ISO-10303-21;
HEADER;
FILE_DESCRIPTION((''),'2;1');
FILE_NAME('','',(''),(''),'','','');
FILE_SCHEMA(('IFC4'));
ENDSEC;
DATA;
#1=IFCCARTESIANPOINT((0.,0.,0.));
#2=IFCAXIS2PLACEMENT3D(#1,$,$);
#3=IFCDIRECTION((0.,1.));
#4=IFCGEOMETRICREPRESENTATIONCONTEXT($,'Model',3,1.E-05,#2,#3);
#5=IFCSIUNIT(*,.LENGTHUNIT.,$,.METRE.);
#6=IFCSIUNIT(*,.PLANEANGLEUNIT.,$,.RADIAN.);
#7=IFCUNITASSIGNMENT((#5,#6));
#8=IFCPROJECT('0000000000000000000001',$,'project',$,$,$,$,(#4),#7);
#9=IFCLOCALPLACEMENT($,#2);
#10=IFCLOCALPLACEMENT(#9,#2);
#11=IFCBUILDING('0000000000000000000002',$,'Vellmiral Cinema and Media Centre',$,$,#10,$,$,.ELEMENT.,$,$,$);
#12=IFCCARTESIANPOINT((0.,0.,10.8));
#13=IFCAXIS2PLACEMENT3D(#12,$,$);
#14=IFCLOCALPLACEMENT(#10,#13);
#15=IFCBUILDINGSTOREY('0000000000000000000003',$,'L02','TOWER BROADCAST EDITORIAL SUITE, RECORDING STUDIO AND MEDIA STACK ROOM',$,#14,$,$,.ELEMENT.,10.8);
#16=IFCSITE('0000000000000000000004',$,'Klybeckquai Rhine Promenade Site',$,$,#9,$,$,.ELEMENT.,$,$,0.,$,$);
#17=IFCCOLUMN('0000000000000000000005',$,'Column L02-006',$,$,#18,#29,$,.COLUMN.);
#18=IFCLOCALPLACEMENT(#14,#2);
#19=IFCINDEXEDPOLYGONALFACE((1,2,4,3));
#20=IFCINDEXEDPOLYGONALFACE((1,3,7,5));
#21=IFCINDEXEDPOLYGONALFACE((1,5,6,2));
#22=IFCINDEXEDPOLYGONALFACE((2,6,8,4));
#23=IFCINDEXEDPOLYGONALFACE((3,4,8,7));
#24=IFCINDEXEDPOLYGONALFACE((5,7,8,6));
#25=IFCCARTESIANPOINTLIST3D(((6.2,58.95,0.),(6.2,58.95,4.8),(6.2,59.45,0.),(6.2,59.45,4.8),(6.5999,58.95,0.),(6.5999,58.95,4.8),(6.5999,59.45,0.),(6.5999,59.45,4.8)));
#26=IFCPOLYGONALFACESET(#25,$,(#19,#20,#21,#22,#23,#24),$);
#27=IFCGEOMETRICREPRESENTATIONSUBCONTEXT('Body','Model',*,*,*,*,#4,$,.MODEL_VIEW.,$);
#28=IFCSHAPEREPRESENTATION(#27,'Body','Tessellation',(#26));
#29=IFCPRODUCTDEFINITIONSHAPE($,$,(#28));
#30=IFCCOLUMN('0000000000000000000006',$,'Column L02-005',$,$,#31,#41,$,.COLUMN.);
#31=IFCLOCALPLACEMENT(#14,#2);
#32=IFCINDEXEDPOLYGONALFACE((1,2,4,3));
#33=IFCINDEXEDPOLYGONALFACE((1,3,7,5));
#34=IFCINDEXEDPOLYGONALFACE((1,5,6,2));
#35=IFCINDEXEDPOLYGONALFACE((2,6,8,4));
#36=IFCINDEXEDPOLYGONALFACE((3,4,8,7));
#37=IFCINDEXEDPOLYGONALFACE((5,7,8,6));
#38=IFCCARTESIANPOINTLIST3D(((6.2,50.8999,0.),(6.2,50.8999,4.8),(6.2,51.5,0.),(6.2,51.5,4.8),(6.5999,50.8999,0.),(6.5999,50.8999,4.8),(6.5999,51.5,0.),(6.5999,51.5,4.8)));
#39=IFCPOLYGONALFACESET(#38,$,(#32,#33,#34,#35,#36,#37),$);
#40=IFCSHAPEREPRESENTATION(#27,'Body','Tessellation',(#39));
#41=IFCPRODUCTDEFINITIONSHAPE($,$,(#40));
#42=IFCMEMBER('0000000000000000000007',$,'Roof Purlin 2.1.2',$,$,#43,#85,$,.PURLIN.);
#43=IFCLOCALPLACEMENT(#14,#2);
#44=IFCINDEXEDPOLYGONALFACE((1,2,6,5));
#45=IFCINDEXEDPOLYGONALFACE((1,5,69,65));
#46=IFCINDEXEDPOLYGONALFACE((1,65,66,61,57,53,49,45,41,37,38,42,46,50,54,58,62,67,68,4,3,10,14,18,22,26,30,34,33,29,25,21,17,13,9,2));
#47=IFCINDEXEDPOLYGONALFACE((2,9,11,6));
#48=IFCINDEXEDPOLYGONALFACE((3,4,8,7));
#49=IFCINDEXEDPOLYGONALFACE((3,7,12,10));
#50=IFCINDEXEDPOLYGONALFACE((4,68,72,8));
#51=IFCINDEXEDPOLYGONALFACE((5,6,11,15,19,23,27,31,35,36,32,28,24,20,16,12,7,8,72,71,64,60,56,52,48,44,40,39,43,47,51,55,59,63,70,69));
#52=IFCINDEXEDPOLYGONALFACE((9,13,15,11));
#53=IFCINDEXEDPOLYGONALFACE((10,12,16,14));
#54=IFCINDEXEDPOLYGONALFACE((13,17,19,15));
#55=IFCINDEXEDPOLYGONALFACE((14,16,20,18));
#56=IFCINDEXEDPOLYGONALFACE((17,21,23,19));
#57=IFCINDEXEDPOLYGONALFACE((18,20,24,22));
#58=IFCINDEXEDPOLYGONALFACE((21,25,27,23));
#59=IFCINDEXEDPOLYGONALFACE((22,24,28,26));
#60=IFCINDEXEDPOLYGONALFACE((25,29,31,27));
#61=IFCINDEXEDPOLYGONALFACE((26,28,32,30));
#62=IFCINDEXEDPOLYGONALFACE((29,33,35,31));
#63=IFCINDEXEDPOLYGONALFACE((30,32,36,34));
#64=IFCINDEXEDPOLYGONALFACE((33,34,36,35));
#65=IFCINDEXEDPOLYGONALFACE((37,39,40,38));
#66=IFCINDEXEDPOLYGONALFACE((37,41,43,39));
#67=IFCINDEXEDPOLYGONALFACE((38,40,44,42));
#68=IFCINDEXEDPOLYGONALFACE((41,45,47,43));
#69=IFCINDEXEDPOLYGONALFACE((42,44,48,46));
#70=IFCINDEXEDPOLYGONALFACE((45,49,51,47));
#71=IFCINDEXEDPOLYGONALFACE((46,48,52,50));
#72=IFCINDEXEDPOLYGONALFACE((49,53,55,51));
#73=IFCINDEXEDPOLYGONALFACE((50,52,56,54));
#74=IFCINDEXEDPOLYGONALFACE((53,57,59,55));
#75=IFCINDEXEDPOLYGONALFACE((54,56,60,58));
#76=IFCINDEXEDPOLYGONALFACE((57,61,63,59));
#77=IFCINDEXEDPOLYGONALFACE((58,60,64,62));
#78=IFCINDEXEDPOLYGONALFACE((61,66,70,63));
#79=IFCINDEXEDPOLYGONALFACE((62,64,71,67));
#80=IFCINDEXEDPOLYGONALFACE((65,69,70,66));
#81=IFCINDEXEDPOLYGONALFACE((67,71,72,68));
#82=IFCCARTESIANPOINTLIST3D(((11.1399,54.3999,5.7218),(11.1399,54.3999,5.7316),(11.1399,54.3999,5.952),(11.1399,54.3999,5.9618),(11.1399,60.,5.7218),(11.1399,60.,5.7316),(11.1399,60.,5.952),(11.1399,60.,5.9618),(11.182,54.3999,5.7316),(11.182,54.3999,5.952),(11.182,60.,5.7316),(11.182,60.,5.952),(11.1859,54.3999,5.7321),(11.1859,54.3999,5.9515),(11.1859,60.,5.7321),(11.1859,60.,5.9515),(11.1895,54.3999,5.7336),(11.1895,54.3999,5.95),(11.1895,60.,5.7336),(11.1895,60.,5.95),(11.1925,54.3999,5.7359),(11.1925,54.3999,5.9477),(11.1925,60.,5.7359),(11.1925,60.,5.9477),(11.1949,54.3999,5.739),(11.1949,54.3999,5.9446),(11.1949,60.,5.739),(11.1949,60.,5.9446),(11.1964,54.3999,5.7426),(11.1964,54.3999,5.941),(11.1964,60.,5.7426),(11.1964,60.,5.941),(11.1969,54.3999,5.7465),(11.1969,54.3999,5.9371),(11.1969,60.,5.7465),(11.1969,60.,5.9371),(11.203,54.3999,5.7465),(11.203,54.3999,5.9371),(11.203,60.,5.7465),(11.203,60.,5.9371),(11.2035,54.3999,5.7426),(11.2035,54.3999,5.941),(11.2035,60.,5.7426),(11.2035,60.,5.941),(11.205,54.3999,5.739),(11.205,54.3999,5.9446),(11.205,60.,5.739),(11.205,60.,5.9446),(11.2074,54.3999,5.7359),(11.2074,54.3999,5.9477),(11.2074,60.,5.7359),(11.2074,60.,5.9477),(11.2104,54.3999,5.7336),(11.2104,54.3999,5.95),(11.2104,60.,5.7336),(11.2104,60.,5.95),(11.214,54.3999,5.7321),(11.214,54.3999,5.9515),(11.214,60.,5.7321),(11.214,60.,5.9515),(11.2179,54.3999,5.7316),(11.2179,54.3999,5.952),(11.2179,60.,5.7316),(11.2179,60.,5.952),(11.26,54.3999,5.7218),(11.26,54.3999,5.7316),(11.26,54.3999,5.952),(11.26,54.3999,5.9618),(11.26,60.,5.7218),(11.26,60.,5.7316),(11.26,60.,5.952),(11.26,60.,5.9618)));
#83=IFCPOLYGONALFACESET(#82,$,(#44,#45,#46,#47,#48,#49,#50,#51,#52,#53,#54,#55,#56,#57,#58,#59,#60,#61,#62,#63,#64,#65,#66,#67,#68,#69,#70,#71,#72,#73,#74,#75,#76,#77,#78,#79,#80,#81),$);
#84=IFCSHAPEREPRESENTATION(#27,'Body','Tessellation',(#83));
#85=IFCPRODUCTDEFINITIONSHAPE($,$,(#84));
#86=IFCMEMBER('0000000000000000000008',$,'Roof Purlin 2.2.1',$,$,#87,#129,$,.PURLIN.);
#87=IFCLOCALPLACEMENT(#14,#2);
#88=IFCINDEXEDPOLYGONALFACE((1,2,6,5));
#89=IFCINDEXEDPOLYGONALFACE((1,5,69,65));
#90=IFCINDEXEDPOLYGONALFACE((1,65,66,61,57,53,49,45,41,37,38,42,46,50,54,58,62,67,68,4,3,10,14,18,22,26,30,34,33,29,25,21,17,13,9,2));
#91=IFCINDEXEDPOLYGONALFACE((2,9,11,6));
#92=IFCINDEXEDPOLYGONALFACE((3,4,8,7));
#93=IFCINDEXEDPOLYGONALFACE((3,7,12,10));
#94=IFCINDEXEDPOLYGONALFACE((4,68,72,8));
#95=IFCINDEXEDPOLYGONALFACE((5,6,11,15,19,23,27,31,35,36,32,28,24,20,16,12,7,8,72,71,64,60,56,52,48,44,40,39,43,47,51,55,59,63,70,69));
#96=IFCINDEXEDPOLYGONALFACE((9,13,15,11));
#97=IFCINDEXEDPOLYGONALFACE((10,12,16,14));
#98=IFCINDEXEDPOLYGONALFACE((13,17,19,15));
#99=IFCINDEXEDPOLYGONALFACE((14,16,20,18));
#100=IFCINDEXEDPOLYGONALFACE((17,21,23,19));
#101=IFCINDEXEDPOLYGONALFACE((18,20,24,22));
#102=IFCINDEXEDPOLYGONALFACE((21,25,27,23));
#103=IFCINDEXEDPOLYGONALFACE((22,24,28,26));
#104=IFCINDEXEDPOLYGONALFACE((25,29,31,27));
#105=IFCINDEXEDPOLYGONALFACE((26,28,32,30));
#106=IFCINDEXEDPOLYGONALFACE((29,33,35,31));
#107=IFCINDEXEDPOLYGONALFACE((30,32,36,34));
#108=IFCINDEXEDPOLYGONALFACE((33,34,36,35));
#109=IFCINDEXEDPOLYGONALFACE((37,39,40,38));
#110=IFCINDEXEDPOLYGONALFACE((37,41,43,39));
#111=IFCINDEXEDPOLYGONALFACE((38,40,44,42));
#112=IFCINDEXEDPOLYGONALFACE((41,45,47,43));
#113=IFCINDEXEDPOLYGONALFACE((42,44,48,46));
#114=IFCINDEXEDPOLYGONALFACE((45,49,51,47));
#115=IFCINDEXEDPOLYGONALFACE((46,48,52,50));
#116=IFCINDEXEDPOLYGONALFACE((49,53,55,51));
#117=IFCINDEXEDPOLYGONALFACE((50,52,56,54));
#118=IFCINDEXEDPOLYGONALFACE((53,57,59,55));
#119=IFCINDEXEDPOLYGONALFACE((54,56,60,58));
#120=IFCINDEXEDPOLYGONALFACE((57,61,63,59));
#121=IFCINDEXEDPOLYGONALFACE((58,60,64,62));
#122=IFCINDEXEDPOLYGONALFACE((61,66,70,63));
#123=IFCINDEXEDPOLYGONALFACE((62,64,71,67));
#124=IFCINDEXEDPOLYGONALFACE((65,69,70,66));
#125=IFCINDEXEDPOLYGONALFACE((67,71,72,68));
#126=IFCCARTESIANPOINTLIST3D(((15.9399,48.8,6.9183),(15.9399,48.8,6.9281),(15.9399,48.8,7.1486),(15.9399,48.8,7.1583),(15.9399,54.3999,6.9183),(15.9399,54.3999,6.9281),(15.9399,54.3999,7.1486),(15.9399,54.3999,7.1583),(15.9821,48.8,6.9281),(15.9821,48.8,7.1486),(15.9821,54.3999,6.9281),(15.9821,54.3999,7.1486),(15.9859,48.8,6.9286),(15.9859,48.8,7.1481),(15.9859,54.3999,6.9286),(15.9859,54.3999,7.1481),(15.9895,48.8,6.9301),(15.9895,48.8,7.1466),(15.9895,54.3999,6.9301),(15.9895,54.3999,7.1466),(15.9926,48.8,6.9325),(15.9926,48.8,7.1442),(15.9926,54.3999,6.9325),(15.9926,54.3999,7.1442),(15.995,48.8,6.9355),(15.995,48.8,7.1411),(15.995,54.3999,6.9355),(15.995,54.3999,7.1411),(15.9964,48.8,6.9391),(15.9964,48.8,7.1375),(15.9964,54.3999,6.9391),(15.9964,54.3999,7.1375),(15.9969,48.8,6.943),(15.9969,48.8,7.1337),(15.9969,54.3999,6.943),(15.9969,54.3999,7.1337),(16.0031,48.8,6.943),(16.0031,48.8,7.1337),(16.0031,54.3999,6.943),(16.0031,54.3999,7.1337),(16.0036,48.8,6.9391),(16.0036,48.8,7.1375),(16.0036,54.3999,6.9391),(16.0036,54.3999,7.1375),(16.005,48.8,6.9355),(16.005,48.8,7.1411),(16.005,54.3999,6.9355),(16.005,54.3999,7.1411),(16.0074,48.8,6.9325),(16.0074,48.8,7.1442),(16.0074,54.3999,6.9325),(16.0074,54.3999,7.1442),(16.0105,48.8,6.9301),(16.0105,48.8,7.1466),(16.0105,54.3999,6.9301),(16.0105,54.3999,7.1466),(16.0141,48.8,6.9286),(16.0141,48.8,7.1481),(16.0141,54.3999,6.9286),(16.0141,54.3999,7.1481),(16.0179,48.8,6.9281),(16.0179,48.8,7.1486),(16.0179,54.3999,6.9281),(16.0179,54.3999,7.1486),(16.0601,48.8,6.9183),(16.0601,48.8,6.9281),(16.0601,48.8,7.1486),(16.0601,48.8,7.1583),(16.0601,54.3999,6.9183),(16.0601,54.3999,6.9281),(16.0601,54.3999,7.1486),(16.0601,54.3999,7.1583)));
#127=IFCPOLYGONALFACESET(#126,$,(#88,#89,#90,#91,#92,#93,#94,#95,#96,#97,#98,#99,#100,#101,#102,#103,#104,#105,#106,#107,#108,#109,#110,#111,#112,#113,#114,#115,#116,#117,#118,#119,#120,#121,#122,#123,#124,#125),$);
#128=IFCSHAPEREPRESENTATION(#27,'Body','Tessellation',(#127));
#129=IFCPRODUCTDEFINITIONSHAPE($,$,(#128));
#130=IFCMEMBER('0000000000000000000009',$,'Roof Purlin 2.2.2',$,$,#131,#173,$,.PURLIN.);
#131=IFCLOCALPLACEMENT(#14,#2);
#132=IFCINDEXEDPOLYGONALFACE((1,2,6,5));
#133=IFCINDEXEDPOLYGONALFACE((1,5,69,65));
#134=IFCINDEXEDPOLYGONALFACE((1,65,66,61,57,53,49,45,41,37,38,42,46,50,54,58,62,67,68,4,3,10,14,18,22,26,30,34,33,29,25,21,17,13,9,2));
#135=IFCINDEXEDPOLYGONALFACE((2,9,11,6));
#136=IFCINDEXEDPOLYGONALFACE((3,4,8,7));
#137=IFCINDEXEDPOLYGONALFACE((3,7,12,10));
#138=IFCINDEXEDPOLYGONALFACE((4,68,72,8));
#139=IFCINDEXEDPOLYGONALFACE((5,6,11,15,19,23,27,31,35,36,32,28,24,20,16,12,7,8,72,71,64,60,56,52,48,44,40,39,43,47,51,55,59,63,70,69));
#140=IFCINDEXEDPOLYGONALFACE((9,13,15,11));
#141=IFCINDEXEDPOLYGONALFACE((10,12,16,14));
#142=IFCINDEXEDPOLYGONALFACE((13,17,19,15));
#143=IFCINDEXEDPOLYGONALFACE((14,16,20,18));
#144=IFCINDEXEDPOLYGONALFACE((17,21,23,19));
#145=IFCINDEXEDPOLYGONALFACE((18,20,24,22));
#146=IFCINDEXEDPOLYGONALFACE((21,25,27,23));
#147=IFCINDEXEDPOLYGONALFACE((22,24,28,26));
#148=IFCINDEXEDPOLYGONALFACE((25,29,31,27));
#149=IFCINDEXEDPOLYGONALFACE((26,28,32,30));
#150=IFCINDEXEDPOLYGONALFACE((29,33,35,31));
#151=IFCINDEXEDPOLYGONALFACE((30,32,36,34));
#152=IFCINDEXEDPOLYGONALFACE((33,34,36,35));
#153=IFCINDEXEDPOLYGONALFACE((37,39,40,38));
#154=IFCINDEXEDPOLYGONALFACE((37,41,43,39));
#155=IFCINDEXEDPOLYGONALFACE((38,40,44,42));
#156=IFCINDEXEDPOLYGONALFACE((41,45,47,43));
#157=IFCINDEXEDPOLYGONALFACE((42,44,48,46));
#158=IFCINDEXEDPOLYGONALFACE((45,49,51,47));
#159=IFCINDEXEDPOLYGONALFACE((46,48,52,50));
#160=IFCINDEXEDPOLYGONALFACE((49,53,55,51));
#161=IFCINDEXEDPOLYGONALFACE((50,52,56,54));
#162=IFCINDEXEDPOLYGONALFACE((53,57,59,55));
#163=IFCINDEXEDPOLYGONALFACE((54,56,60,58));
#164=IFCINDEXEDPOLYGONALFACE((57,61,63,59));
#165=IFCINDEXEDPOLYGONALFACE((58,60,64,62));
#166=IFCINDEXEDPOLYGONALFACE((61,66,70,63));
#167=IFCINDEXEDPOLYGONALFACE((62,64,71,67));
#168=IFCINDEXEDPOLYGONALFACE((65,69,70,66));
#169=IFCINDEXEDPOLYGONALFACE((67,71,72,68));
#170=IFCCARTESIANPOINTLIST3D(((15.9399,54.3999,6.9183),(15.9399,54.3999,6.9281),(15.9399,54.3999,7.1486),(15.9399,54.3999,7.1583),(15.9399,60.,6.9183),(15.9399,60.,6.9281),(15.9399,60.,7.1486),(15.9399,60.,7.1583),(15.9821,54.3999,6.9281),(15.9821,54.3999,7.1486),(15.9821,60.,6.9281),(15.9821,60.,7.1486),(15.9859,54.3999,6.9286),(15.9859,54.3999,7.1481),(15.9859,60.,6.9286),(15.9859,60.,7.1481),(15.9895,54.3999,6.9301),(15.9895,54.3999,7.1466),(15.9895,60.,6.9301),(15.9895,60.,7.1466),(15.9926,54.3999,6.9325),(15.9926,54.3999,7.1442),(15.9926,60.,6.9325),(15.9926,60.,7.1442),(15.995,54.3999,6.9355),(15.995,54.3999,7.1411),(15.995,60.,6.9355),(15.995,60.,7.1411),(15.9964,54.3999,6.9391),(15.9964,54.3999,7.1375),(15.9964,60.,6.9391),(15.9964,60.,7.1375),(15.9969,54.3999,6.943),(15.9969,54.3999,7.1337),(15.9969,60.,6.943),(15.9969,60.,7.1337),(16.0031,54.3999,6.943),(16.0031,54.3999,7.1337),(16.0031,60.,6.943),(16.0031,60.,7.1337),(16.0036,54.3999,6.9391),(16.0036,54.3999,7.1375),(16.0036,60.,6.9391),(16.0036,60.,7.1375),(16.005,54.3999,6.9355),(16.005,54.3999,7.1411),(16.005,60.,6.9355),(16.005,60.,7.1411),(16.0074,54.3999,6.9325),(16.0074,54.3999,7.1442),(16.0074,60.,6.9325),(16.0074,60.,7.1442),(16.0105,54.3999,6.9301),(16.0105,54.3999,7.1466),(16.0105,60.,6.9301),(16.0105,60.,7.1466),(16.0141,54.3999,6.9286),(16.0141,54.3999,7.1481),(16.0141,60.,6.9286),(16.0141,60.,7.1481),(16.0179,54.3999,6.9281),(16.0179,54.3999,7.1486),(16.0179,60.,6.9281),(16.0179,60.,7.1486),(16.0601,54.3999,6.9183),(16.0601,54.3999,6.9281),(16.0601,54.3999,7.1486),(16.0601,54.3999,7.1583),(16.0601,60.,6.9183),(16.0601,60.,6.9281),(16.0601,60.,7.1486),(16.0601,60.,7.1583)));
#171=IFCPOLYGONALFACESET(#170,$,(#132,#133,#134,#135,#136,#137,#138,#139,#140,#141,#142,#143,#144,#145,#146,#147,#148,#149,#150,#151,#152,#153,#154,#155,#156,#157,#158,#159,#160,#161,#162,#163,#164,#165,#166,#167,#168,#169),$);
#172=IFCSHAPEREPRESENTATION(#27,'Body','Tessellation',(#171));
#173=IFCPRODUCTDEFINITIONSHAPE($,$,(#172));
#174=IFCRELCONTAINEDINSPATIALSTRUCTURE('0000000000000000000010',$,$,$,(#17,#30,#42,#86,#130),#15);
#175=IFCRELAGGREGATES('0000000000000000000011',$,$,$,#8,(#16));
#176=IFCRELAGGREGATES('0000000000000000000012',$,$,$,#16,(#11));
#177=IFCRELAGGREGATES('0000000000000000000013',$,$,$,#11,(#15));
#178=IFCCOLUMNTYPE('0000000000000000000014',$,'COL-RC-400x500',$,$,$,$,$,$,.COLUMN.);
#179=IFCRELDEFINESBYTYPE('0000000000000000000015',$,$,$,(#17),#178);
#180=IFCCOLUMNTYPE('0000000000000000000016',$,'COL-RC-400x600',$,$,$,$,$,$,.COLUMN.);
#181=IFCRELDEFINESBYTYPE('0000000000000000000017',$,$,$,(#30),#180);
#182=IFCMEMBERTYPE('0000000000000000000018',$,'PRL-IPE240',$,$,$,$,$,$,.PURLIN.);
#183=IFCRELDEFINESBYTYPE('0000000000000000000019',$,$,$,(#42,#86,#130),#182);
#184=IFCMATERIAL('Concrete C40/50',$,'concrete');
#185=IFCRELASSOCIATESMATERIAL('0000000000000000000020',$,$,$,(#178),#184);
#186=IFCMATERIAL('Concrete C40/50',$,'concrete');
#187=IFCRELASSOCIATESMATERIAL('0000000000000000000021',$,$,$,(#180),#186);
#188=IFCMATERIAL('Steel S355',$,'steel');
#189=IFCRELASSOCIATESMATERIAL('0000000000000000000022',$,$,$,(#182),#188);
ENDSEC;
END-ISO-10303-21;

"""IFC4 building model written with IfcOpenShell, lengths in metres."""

from ifc_helpers import new_model, si_unit, direction, frame, origin, origin_2d, place, context, subcontext, project, spatial, rectangle, i_section, extrude, material, material_profile, profile_set, type_object, element, save


model = new_model("IFC4")

# Units and contexts
model_context = context("Model", 3, precision=1e-05, world=origin(), true_north=direction((0.0, 1.0)))
body_context = subcontext(model_context, "Body", "Model", "MODEL_VIEW")
ifc_project = project(units=[si_unit("LENGTHUNIT", "METRE"), si_unit("PLANEANGLEUNIT", "RADIAN")], contexts=[model_context])

# Site, building, storey
site_placement = place(None, origin())
site = spatial("IfcSite", under=ifc_project, at=site_placement, Name="Klybeckquai Rhine Promenade Site", CompositionType="ELEMENT", RefElevation=0.0)
building_placement = place(site_placement, origin())
building = spatial("IfcBuilding", under=site, at=building_placement, Name="Vellmiral Cinema and Media Centre", CompositionType="ELEMENT")
storey_placement = place(building_placement, frame((0.0, 0.0, 10.8)))
storey = spatial("IfcBuildingStorey", under=building, at=storey_placement, Name="L02", Description="TOWER BROADCAST EDITORIAL SUITE, RECORDING STUDIO AND MEDIA STACK ROOM", CompositionType="ELEMENT", Elevation=10.8)

# Columns
ifc_material_1 = material(Name="Concrete C40/50", Category="concrete")
ifc_material_profile_1 = material_profile(ifc_material_1, rectangle(XDim=0.3999, YDim=0.5, at=origin_2d()), Name="RC 400x500")
ifc_profile_set_1 = profile_set([ifc_material_profile_1], Name="Concrete C40/50")
column_type_1 = type_object("IfcColumnType", Name="COL-RC-400x500", PredefinedType="COLUMN", material=ifc_profile_set_1)
column_1_placement = place(storey_placement, frame((6.3999, 59.2, 0.0), z_axis=(0.0, 0.0, 1.0), x_axis=(1.0, 0.0, 0.0)))
element("IfcColumn", 1, at=column_1_placement, inside=storey, type_object=column_type_1, Name="Column L02-006", PredefinedType="COLUMN", context=body_context, shape_type="SweptSolid", body=[
    extrude(rectangle(XDim=0.3999, YDim=0.5, at=origin_2d()), origin(), (0.0, 0.0, 1.0), 4.8),
])
ifc_material_2 = material(Name="Concrete C40/50", Category="concrete")
ifc_material_profile_2 = material_profile(ifc_material_2, rectangle(XDim=0.3999, YDim=0.6001, at=origin_2d()), Name="RC 400x600")
ifc_profile_set_2 = profile_set([ifc_material_profile_2], Name="Concrete C40/50")
column_type_2 = type_object("IfcColumnType", Name="COL-RC-400x600", PredefinedType="COLUMN", material=ifc_profile_set_2)
column_2_placement = place(storey_placement, frame((6.3999, 51.2, 0.0), z_axis=(0.0, 0.0, 1.0), x_axis=(1.0, 0.0, 0.0)))
element("IfcColumn", 2, at=column_2_placement, inside=storey, type_object=column_type_2, Name="Column L02-005", PredefinedType="COLUMN", context=body_context, shape_type="SweptSolid", body=[
    extrude(rectangle(XDim=0.3999, YDim=0.6001, at=origin_2d()), origin(), (0.0, 0.0, 1.0), 4.8),
])

# Members
ifc_material_3 = material(Name="Steel S355", Category="steel")
ifc_material_profile_3 = material_profile(ifc_material_3, i_section(OverallWidth=0.1201, OverallDepth=0.24, WebThickness=0.0061, FlangeThickness=0.0098, FilletRadius=0.0149, at=origin_2d()), Name="IPE 240")
ifc_profile_set_3 = profile_set([ifc_material_profile_3], Name="Steel S355")
member_type_1 = type_object("IfcMemberType", Name="PRL-IPE240", PredefinedType="PURLIN", material=ifc_profile_set_3)
member_1_placement = place(storey_placement, frame((11.2, 54.3999, 5.8418), z_axis=(0.0, 1.0, 0.0), x_axis=(-1.0, 0.0, 0.0)))
element("IfcMember", 3, at=member_1_placement, inside=storey, type_object=member_type_1, Name="Roof Purlin 2.1.2", PredefinedType="PURLIN", context=body_context, shape_type="SweptSolid", body=[
    extrude(i_section(OverallWidth=0.1201, OverallDepth=0.24, WebThickness=0.0061, FlangeThickness=0.0098, FilletRadius=0.0149, at=origin_2d()), origin(), (0.0, 0.0, 1.0), 5.6001),
])
member_2_placement = place(storey_placement, frame((16.0, 48.8, 7.0383), z_axis=(0.0, 1.0, 0.0), x_axis=(-1.0, 0.0, 0.0)))
element("IfcMember", 4, at=member_2_placement, inside=storey, type_object=member_type_1, Name="Roof Purlin 2.2.1", PredefinedType="PURLIN", context=body_context, shape_type="SweptSolid", body=[
    extrude(i_section(OverallWidth=0.1201, OverallDepth=0.24, WebThickness=0.0061, FlangeThickness=0.0098, FilletRadius=0.0149, at=origin_2d()), origin(), (0.0, 0.0, 1.0), 5.5999),
])
member_3_placement = place(storey_placement, frame((16.0, 54.3999, 7.0383), z_axis=(0.0, 1.0, 0.0), x_axis=(-1.0, 0.0, 0.0)))
element("IfcMember", 5, at=member_3_placement, inside=storey, type_object=member_type_1, Name="Roof Purlin 2.2.2", PredefinedType="PURLIN", context=body_context, shape_type="SweptSolid", body=[
    extrude(i_section(OverallWidth=0.1201, OverallDepth=0.24, WebThickness=0.0061, FlangeThickness=0.0098, FilletRadius=0.0149, at=origin_2d()), origin(), (0.0, 0.0, 1.0), 5.6001),
])

save(model, "model.ifc")
